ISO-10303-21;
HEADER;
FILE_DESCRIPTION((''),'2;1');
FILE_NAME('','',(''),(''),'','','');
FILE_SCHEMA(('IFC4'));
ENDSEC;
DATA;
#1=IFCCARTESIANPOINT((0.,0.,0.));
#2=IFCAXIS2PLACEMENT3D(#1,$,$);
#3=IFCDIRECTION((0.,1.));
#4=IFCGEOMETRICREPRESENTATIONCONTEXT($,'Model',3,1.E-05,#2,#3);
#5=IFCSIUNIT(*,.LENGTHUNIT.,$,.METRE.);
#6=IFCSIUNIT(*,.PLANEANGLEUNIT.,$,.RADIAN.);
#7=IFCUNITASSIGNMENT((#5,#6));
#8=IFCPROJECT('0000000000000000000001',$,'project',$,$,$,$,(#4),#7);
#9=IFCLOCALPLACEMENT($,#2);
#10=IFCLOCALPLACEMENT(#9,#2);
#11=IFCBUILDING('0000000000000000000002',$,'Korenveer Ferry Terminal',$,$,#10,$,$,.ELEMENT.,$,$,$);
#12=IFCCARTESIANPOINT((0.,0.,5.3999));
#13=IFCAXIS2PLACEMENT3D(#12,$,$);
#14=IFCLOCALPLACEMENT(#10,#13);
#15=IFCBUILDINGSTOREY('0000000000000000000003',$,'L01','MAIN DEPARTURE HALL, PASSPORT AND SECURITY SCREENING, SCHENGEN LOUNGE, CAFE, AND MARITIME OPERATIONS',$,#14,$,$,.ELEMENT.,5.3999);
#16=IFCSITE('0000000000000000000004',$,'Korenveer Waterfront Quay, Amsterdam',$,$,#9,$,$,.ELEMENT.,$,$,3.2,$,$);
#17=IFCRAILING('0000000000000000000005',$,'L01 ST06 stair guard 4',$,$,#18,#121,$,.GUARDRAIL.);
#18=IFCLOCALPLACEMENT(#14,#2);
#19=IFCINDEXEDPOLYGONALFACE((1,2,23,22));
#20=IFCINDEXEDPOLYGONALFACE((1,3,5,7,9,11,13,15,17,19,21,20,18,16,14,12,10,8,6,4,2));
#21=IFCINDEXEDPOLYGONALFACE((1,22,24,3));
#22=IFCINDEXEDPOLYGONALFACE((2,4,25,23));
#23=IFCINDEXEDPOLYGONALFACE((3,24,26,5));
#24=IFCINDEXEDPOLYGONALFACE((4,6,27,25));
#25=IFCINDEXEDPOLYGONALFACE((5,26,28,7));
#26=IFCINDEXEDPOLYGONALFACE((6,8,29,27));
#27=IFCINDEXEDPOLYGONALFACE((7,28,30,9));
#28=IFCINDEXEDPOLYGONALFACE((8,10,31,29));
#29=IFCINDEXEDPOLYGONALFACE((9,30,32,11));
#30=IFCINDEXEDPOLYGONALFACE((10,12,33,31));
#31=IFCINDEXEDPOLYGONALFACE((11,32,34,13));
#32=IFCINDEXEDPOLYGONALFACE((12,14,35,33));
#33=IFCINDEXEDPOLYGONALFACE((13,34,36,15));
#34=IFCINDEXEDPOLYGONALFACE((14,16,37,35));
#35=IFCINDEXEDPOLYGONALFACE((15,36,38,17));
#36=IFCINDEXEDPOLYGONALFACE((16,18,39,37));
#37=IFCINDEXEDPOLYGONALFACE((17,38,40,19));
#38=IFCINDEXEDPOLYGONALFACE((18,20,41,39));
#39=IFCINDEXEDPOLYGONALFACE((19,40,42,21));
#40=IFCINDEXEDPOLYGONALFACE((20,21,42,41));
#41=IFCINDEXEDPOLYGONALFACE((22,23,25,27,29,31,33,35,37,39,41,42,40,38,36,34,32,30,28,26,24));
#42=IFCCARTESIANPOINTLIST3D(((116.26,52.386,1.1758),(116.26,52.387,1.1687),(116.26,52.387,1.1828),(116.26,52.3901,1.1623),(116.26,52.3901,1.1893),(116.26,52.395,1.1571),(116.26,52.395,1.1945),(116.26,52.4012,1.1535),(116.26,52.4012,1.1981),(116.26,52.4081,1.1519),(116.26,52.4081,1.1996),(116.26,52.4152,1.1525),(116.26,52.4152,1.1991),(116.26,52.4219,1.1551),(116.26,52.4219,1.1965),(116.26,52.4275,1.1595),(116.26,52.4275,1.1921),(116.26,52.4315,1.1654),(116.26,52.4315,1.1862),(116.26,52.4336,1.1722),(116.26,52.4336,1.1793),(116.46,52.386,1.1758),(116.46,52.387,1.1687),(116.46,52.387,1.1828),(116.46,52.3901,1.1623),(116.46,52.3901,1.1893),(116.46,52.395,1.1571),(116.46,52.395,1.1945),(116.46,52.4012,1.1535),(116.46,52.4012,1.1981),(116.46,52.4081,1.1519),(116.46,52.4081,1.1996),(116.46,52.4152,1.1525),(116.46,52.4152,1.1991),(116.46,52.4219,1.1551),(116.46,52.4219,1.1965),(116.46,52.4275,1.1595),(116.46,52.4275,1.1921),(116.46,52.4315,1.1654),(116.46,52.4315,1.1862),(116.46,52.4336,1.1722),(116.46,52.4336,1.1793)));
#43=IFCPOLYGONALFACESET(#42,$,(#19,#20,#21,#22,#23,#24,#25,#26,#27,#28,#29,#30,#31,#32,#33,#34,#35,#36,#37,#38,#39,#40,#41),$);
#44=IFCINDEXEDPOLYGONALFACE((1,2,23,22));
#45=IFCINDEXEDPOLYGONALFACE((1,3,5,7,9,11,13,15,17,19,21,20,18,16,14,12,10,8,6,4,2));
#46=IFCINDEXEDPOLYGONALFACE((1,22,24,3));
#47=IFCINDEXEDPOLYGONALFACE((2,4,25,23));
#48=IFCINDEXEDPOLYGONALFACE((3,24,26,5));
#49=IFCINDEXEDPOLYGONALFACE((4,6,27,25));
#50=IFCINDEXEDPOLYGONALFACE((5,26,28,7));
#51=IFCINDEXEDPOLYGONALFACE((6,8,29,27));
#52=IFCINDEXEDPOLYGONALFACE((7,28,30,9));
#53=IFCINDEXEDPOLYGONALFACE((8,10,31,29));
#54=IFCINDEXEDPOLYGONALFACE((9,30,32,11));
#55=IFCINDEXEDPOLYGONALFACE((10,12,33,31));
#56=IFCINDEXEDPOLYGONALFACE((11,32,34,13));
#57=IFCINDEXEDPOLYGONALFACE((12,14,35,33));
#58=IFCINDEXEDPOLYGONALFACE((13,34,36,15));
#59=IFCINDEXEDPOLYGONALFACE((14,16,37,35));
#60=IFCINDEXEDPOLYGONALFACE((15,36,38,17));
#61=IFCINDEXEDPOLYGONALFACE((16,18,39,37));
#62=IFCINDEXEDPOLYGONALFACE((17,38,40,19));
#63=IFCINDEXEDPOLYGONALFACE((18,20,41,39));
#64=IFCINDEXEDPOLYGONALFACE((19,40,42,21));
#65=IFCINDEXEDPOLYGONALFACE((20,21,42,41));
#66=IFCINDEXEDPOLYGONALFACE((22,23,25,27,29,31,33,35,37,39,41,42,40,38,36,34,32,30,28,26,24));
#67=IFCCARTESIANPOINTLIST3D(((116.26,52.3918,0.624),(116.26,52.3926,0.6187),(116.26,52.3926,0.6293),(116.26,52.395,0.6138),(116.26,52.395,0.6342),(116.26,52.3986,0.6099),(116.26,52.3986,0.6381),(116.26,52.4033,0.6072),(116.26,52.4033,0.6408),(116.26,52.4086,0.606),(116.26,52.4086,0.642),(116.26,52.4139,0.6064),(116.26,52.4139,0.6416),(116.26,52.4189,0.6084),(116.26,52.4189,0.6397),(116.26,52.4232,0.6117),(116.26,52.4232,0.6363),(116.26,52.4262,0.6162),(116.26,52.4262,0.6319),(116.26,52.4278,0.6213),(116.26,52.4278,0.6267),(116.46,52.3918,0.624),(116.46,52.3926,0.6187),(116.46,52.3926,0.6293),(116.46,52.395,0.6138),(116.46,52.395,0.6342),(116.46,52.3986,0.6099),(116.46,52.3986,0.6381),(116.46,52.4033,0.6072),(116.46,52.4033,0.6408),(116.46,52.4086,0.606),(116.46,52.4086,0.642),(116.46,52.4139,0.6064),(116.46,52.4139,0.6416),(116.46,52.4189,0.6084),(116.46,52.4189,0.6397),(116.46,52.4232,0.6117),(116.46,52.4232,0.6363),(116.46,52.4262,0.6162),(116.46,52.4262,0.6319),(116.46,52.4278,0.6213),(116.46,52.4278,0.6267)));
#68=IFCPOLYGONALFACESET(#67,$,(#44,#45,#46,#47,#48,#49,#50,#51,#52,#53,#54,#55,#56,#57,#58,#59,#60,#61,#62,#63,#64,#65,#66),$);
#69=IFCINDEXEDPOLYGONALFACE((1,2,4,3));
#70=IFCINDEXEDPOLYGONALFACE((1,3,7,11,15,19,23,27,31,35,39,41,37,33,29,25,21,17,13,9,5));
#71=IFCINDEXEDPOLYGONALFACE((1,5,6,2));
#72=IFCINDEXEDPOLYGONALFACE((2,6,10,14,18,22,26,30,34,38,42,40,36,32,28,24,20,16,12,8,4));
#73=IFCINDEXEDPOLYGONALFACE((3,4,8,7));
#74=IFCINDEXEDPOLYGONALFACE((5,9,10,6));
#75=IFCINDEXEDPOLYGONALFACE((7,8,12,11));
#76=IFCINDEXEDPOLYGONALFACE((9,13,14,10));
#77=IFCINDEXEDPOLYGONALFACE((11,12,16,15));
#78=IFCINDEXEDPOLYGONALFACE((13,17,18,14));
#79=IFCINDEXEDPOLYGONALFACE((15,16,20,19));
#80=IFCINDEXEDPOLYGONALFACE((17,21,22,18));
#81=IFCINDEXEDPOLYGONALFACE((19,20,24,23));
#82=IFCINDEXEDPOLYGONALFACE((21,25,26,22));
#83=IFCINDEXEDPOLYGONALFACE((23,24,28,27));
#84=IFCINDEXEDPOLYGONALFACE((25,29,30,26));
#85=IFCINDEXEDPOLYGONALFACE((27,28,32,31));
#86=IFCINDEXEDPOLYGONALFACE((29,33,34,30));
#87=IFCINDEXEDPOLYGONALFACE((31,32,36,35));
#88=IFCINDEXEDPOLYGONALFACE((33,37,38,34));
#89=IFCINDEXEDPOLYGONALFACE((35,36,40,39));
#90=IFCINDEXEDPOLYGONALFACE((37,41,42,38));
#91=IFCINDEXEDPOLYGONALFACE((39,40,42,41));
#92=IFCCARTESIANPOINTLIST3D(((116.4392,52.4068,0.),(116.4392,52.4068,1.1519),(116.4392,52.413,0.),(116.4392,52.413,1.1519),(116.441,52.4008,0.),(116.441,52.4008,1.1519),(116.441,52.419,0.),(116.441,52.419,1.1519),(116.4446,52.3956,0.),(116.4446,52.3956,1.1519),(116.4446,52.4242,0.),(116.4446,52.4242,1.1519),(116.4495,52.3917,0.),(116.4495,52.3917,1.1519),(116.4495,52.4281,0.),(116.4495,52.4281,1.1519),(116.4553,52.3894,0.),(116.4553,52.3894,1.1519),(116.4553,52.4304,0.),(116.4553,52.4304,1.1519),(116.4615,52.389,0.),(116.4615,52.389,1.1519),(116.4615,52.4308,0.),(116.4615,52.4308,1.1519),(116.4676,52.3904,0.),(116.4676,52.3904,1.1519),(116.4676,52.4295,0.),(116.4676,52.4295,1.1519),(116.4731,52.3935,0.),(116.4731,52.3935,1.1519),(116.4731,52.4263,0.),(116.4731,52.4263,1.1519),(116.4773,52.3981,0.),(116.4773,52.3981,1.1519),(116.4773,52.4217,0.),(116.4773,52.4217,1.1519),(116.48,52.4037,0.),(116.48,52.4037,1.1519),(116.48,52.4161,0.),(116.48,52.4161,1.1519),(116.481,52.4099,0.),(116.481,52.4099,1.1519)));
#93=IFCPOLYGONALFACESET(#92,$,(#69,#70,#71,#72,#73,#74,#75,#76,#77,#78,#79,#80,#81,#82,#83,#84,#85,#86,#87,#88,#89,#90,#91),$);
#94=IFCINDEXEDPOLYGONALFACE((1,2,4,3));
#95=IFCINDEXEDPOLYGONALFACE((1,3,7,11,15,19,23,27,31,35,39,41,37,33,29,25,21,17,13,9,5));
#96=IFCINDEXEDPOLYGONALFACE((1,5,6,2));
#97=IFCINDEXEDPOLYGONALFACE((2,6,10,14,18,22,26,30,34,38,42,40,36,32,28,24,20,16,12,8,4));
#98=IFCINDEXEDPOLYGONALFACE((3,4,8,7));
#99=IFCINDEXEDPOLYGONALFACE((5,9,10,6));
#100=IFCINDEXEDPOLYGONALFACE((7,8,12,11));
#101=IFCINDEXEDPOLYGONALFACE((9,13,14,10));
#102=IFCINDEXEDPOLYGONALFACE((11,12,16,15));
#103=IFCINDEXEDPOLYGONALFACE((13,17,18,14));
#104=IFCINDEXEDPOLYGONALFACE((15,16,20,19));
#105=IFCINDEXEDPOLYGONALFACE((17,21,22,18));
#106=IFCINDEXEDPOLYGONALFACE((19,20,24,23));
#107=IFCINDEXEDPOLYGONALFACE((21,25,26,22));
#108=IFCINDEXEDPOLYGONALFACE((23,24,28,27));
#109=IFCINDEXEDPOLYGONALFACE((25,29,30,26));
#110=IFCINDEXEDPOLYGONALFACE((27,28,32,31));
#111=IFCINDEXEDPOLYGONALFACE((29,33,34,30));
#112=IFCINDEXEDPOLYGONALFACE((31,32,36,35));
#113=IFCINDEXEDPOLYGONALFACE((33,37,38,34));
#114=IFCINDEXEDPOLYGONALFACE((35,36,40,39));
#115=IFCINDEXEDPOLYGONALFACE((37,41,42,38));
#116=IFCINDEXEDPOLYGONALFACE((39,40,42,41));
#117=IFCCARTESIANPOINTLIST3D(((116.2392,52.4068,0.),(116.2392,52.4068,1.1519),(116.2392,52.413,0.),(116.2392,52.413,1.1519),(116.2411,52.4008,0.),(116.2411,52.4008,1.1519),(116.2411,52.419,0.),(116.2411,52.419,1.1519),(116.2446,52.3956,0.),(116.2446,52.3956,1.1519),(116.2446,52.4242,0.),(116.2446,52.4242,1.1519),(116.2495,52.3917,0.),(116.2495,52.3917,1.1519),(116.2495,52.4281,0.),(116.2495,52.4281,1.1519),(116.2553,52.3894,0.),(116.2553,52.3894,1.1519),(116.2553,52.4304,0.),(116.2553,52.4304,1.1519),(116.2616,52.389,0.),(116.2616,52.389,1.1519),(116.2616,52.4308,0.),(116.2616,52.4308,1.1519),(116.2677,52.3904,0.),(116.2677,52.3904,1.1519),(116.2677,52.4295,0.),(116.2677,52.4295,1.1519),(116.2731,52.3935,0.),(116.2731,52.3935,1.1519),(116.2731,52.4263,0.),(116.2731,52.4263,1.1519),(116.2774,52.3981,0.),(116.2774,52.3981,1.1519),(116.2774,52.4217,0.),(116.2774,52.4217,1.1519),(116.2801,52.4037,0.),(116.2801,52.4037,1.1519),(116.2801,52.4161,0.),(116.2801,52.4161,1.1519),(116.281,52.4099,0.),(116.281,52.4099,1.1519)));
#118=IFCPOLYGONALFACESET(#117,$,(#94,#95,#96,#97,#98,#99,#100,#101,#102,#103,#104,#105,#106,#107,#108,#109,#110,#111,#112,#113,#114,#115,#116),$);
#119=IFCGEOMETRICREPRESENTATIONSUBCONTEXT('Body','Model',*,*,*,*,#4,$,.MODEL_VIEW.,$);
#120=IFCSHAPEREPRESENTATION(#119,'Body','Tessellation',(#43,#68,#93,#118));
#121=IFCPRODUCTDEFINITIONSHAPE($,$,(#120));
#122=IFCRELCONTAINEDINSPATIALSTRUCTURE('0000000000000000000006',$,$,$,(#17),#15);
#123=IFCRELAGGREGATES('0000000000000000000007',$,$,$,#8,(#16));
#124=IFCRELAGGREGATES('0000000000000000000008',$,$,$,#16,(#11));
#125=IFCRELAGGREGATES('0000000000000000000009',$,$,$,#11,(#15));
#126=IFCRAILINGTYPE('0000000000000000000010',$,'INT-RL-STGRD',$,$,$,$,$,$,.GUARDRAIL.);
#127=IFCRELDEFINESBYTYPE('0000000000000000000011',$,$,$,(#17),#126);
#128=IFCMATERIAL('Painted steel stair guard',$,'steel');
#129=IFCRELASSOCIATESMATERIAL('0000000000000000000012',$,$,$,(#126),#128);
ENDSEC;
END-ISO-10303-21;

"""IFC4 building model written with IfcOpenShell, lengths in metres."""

from ifc_helpers import new_model, si_unit, direction, frame, origin, origin_2d, place, context, subcontext, project, spatial, circle, extrude, material, type_object, element, save


model = new_model("IFC4")

# Units and contexts
model_context = context("Model", 3, precision=1e-05, world=origin(), true_north=direction((0.0, 1.0)))
body_context = subcontext(model_context, "Body", "Model", "MODEL_VIEW")
ifc_project = project(units=[si_unit("LENGTHUNIT", "METRE"), si_unit("PLANEANGLEUNIT", "RADIAN")], contexts=[model_context])

# Site, building, storey
site_placement = place(None, origin())
site = spatial("IfcSite", under=ifc_project, at=site_placement, Name="Korenveer Waterfront Quay, Amsterdam", CompositionType="ELEMENT", RefElevation=3.2)
building_placement = place(site_placement, origin())
building = spatial("IfcBuilding", under=site, at=building_placement, Name="Korenveer Ferry Terminal", CompositionType="ELEMENT")
storey_placement = place(building_placement, frame((0.0, 0.0, 5.3999)))
storey = spatial("IfcBuildingStorey", under=building, at=storey_placement, Name="L01", Description="MAIN DEPARTURE HALL, PASSPORT AND SECURITY SCREENING, SCHENGEN LOUNGE, CAFE, AND MARITIME OPERATIONS", CompositionType="ELEMENT", Elevation=5.3999)

# Railing
ifc_material_1 = material(Name="Painted steel stair guard", Category="steel")
railing_type_1 = type_object("IfcRailingType", Name="INT-RL-STGRD", PredefinedType="GUARDRAIL", material=ifc_material_1)
railing_1_placement = place(storey_placement, frame((116.46, 52.4099, 0.0)))
element("IfcRailing", 1, at=railing_1_placement, inside=storey, type_object=railing_type_1, Name="L01 ST06 stair guard 4", PredefinedType="GUARDRAIL", context=body_context, shape_type="SweptSolid", body=[
    extrude(circle(Radius=0.0239, at=origin_2d()), frame((0.0, 0.0, 1.1758), z_axis=(-1.0, 0.0, 0.0), x_axis=(0.0, -1.0, 0.0)), (0.0, 0.0, 1.0), 0.2),
    extrude(circle(Radius=0.0181, at=origin_2d()), frame((0.0, 0.0, 0.624), z_axis=(-1.0, 0.0, 0.0), x_axis=(0.0, -1.0, 0.0)), (0.0, 0.0, 1.0), 0.2),
    extrude(circle(Radius=0.021, at=origin_2d()), origin(), (0.0, 0.0, 1.0), 1.1519),
    extrude(circle(Radius=0.021, at=origin_2d()), frame((-0.2, 0.0, 0.0)), (0.0, 0.0, 1.0), 1.1519),
])

save(model, "model.ifc")
